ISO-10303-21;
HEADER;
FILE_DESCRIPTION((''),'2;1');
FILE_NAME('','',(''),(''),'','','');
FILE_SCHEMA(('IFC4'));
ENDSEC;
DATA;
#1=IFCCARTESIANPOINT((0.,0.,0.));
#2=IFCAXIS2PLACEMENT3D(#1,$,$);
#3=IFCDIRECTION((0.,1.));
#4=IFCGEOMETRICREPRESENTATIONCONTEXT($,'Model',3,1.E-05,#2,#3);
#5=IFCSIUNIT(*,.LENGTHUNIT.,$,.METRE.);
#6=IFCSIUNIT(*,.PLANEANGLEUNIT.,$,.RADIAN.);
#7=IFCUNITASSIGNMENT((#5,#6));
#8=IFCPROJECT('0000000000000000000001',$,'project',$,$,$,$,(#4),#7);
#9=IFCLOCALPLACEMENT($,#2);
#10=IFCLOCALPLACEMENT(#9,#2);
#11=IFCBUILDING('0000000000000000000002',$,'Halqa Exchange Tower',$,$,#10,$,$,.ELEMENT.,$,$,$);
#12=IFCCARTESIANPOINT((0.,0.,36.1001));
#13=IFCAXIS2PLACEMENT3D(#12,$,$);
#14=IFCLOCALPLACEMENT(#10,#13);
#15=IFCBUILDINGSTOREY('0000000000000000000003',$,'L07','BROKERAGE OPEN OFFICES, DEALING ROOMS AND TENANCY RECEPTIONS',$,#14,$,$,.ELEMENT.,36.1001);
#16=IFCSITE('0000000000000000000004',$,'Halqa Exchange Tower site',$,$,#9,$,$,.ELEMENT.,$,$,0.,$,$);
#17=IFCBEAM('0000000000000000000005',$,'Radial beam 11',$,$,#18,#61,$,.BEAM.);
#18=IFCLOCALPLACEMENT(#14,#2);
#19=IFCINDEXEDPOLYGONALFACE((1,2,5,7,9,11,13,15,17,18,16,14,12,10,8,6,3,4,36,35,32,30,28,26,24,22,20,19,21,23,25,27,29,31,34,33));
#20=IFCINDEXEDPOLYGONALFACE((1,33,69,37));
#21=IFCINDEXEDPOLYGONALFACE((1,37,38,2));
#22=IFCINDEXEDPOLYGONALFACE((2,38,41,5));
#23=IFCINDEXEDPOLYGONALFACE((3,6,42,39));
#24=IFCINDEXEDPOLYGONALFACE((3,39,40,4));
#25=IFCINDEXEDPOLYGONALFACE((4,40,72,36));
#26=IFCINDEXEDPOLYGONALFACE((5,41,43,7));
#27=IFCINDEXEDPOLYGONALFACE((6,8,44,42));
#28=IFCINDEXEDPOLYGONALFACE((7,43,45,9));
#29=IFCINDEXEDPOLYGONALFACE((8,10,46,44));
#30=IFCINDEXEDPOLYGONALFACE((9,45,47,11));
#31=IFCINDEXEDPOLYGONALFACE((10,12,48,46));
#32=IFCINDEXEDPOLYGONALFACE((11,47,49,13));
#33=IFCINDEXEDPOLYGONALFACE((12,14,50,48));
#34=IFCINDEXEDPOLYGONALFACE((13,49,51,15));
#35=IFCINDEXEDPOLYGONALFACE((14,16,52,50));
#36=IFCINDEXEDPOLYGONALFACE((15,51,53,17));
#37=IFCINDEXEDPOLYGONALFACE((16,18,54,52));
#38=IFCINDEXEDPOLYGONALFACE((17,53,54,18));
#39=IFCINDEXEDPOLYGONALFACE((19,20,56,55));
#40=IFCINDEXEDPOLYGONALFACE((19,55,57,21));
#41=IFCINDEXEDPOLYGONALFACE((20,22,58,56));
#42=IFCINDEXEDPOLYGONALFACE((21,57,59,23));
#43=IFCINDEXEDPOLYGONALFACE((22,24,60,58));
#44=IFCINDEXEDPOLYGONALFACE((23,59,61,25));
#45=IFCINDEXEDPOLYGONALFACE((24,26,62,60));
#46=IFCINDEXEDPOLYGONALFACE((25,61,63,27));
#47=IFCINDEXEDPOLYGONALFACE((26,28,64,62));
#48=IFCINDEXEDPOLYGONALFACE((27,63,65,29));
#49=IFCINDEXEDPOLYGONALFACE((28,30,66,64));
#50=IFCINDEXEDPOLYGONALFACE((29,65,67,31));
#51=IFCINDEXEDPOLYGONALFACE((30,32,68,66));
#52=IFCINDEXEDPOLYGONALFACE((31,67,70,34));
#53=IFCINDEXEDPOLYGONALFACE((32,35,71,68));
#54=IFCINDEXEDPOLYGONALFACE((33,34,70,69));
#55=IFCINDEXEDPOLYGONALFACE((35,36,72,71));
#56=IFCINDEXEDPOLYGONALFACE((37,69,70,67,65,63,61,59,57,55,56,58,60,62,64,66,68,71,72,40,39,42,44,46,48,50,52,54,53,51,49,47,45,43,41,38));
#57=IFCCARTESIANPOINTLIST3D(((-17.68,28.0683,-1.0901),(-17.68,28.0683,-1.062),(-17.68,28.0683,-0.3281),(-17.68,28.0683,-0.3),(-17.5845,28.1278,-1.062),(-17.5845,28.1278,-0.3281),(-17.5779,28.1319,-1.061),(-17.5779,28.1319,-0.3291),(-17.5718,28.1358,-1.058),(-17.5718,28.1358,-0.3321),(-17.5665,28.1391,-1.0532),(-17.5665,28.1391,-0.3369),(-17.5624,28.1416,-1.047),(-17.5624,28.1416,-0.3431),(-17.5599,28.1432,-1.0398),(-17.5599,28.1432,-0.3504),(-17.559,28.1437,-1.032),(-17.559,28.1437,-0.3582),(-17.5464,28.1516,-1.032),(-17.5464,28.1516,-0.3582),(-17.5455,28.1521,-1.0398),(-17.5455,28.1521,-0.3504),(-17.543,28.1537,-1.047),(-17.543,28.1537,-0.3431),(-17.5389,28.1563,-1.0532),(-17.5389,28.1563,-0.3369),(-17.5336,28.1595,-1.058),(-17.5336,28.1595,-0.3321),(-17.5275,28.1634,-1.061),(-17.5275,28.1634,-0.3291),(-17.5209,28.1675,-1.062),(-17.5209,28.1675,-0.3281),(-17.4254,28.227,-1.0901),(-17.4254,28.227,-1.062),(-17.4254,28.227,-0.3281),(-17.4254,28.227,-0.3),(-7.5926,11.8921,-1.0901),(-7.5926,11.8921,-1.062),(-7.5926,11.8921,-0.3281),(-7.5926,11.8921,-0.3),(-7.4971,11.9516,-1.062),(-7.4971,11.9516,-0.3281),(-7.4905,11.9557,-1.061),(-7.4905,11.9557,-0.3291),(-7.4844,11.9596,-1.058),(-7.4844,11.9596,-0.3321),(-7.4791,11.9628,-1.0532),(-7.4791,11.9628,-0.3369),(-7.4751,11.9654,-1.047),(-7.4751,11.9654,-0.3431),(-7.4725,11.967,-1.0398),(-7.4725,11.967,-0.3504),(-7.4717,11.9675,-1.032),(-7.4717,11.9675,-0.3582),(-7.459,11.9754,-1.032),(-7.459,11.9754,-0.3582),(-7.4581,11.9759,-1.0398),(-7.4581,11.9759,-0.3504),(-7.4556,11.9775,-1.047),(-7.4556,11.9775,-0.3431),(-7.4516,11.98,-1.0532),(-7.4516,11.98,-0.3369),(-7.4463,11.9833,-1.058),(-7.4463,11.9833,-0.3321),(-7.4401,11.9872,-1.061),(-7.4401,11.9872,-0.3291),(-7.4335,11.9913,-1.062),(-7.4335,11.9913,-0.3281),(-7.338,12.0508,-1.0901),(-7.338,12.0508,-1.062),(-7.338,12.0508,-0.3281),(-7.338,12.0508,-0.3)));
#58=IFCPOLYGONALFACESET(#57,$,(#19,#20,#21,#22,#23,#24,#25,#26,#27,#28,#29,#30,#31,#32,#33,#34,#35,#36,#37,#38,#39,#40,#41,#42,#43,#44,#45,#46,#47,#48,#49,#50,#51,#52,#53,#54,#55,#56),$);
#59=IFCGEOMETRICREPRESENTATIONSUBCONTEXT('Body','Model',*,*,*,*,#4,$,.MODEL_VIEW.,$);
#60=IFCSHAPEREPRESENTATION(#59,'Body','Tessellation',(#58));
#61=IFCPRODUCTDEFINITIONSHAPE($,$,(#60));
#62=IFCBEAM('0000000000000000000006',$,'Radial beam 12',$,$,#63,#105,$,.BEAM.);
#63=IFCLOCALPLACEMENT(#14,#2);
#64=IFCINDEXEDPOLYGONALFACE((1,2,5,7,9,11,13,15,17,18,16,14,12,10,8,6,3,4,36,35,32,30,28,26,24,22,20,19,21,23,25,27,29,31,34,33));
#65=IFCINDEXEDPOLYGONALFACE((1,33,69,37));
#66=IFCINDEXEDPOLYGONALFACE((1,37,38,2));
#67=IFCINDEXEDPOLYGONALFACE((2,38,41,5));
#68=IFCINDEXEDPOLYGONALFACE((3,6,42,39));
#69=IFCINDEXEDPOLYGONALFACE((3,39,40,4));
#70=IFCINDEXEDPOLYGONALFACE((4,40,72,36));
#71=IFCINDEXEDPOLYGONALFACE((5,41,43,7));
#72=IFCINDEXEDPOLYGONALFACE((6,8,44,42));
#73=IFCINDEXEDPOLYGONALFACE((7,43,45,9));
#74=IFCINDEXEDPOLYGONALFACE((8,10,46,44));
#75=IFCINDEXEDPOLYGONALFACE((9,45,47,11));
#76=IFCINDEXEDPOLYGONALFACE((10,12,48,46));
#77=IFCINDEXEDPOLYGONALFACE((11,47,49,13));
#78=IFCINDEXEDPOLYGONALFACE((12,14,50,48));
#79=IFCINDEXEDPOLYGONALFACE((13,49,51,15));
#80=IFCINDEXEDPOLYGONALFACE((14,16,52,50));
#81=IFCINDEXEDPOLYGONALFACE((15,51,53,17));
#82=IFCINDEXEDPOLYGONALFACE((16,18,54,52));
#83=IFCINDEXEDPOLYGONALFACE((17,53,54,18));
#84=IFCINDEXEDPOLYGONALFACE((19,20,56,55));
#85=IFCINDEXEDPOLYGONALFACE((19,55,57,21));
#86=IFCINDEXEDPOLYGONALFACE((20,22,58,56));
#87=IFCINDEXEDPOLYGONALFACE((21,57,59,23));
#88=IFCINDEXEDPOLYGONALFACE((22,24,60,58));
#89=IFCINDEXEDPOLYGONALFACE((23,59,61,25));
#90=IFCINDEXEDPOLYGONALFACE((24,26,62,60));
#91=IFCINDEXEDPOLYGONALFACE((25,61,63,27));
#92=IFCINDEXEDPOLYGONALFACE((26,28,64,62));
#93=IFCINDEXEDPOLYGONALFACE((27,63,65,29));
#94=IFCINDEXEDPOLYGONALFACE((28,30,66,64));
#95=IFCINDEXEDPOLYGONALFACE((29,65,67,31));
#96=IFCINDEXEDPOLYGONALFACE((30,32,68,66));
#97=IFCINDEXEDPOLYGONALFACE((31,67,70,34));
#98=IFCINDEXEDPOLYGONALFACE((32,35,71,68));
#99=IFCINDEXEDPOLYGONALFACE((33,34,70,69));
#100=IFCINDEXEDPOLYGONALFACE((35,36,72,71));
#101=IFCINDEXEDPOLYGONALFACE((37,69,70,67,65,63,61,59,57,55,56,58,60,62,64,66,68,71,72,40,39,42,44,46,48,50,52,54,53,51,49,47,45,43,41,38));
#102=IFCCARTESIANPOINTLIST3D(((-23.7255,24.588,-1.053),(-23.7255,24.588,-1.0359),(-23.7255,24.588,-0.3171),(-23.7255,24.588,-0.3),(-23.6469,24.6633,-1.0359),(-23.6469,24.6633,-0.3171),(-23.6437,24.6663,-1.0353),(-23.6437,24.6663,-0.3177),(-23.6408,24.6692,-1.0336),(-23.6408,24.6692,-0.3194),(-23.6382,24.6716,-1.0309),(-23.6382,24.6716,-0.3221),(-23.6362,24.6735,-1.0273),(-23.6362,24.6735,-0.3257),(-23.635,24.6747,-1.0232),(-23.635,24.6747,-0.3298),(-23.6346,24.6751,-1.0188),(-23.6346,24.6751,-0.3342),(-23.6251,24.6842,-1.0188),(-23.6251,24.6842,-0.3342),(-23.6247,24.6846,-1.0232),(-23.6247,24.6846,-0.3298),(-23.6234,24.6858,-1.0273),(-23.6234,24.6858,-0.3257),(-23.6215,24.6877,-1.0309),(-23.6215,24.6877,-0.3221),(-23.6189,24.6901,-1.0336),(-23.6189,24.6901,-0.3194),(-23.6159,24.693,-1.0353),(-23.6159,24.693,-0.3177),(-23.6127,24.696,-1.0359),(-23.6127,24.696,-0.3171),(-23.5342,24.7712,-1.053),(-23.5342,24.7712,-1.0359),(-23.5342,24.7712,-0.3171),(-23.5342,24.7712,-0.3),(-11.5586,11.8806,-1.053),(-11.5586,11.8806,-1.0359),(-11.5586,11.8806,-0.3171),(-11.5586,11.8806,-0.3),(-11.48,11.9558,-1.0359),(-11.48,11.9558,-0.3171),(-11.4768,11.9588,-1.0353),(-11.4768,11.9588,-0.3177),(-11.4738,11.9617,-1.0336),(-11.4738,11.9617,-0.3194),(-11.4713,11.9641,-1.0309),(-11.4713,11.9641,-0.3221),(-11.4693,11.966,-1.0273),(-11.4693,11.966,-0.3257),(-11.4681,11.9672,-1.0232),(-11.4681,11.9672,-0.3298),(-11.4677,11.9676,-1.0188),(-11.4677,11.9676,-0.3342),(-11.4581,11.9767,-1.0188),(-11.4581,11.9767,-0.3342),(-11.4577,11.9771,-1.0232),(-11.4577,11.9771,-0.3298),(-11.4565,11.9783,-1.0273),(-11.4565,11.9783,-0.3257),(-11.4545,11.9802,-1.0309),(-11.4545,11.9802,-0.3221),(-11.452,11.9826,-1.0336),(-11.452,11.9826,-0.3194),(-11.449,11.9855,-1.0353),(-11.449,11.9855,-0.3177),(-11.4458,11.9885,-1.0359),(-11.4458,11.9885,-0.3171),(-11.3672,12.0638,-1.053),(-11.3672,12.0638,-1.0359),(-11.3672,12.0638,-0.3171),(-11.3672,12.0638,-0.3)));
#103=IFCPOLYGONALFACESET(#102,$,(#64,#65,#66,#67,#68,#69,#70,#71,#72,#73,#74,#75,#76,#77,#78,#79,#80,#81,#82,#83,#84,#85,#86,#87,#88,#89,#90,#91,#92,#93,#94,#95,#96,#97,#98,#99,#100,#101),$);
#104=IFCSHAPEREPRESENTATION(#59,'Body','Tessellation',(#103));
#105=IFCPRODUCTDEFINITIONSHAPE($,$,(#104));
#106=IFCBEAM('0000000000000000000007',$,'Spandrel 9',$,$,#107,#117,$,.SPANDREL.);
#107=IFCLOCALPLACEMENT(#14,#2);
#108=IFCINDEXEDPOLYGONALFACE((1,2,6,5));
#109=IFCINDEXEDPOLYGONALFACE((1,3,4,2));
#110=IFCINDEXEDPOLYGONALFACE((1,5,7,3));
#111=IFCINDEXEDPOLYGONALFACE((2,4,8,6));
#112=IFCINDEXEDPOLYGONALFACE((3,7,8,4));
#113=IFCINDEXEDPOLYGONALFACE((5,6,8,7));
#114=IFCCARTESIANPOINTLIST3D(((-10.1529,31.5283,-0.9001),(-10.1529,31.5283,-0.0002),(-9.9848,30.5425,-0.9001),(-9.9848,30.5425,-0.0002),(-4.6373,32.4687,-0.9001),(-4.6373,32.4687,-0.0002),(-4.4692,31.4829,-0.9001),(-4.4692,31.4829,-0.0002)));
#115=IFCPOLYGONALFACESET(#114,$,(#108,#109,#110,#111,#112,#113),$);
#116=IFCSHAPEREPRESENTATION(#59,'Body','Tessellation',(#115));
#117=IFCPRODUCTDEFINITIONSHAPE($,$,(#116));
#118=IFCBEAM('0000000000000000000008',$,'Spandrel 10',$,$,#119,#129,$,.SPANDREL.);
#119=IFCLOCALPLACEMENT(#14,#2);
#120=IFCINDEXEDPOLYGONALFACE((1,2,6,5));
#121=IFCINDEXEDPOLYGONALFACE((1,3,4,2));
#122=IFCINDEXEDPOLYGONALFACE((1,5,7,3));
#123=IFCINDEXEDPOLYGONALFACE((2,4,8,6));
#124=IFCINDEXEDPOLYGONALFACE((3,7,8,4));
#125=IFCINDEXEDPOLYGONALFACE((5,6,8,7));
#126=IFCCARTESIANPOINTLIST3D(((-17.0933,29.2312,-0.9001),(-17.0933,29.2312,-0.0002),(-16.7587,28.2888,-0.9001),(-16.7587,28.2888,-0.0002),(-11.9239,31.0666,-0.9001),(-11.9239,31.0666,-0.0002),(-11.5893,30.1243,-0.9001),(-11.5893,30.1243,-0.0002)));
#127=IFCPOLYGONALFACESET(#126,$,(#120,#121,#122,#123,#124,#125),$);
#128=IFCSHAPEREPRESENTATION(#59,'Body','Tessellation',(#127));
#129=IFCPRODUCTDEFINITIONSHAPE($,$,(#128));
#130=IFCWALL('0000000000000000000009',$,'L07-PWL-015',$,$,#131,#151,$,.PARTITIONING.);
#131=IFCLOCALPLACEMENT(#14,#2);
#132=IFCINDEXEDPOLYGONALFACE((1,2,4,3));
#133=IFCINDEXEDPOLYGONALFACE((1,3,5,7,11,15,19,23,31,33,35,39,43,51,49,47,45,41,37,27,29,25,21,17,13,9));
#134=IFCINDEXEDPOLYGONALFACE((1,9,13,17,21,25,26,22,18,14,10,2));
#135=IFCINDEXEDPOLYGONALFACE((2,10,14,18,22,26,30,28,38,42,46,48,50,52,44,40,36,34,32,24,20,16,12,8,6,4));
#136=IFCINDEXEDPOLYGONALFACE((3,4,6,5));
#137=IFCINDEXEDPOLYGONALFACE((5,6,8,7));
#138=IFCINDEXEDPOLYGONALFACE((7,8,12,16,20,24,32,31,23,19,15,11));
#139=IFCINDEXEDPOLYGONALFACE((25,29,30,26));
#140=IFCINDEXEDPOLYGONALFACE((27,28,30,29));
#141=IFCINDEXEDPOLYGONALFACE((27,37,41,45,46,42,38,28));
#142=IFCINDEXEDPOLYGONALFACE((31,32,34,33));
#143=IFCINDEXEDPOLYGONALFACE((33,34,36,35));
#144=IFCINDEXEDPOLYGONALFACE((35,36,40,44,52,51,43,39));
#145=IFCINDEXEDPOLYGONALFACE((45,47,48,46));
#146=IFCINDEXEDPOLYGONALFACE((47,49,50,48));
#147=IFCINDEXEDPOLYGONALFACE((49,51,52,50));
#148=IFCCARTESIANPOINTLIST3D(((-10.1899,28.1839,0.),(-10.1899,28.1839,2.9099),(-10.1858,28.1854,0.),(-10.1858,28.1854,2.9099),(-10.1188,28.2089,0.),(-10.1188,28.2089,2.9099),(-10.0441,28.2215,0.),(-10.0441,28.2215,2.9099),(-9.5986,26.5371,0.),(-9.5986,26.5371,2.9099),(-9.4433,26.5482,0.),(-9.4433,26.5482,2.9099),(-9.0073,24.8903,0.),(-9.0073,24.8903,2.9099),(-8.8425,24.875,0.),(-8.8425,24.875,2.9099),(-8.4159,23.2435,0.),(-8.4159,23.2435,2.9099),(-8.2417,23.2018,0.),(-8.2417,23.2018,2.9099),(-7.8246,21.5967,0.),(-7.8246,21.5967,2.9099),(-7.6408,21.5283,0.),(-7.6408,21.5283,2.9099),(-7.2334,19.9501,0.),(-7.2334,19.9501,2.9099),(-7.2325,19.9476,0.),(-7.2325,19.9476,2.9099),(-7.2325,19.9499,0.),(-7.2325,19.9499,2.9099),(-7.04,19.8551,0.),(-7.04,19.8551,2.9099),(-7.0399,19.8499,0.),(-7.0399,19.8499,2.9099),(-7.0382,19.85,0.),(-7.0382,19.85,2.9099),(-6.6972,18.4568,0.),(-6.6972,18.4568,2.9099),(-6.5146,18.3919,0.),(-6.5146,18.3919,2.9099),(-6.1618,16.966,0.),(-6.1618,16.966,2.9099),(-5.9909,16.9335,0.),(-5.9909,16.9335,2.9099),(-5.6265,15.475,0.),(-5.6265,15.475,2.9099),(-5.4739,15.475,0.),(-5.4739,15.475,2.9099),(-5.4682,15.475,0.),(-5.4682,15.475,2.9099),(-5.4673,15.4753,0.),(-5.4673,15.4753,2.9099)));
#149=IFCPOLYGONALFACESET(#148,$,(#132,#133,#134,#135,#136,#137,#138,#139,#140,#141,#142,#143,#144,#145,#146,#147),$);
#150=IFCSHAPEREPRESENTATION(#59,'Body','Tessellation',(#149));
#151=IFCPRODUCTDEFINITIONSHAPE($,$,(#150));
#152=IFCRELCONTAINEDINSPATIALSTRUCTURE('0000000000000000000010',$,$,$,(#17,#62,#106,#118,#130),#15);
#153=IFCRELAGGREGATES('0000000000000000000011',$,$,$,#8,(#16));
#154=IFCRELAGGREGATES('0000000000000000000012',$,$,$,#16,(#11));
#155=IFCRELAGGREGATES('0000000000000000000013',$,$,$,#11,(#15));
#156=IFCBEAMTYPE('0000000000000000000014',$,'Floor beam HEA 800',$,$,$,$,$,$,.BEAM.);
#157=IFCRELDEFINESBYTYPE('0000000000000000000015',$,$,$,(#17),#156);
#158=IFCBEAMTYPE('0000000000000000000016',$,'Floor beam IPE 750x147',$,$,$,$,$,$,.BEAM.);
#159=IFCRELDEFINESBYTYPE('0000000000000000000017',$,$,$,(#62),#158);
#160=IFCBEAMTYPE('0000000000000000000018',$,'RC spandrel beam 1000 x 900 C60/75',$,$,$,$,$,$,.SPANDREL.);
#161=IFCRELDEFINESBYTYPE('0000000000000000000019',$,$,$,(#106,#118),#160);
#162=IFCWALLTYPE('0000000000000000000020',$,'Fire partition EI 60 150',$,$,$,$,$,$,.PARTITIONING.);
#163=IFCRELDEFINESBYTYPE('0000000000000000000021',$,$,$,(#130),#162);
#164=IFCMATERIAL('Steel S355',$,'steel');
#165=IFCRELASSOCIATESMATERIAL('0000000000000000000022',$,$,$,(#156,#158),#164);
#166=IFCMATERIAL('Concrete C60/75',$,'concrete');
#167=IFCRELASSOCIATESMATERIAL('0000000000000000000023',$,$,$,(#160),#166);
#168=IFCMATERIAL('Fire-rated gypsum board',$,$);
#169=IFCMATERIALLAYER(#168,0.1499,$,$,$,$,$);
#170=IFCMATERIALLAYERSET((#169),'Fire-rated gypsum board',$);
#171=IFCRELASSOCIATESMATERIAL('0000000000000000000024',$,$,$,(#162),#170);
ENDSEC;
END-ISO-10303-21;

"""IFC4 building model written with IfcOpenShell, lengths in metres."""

from ifc_helpers import new_model, si_unit, direction, frame, origin, origin_2d, place, context, subcontext, project, spatial, polyline, rectangle, i_section, outline, extrude, material, layer, layer_set, material_profile, profile_set, type_object, element, save


model = new_model("IFC4")

# Units and contexts
model_context = context("Model", 3, precision=1e-05, world=origin(), true_north=direction((0.0, 1.0)))
body_context = subcontext(model_context, "Body", "Model", "MODEL_VIEW")
ifc_project = project(units=[si_unit("LENGTHUNIT", "METRE"), si_unit("PLANEANGLEUNIT", "RADIAN")], contexts=[model_context])

# Site, building, storey
site_placement = place(None, origin())
site = spatial("IfcSite", under=ifc_project, at=site_placement, Name="Halqa Exchange Tower site", CompositionType="ELEMENT", RefElevation=0.0)
building_placement = place(site_placement, origin())
building = spatial("IfcBuilding", under=site, at=building_placement, Name="Halqa Exchange Tower", CompositionType="ELEMENT")
storey_placement = place(building_placement, frame((0.0, 0.0, 36.1001)))
storey = spatial("IfcBuildingStorey", under=building, at=storey_placement, Name="L07", Description="BROKERAGE OPEN OFFICES, DEALING ROOMS AND TENANCY RECEPTIONS", CompositionType="ELEMENT", Elevation=36.1001)

# Beams
ifc_material_1 = material(Name="Steel S355", Category="steel")
ifc_material_profile_1 = material_profile(ifc_material_1, i_section(OverallWidth=0.3, OverallDepth=0.79, WebThickness=0.0149, FlangeThickness=0.0281, FilletRadius=0.03, at=origin_2d()), Name="HEA 800")
ifc_profile_set_1 = profile_set([ifc_material_profile_1], Name="Steel S355")
beam_type_1 = type_object("IfcBeamType", Name="Floor beam HEA 800", PredefinedType="BEAM", material=ifc_profile_set_1)
beam_1_placement = place(storey_placement, frame((-7.4653, 11.9714, -0.6951), z_axis=(-0.52914, 0.848535, 0.0), x_axis=(-0.848535, -0.52914, 0.0)))
element("IfcBeam", 1, at=beam_1_placement, inside=storey, type_object=beam_type_1, Name="Radial beam 11", PredefinedType="BEAM", context=body_context, shape_type="SweptSolid", body=[
    extrude(i_section(OverallWidth=0.3, OverallDepth=0.79, WebThickness=0.0149, FlangeThickness=0.0281, FilletRadius=0.03, at=origin_2d()), origin(), (0.0, 0.0, 1.0), 19.0637),
])
ifc_material_profile_2 = material_profile(ifc_material_1, i_section(OverallWidth=0.2649, OverallDepth=0.7529, WebThickness=0.0132, FlangeThickness=0.0171, FilletRadius=0.0171, at=origin_2d()), Name="IPE 750x147")
ifc_profile_set_2 = profile_set([ifc_material_profile_2], Name="Steel S355")
beam_type_2 = type_object("IfcBeamType", Name="Floor beam IPE 750x147", PredefinedType="BEAM", material=ifc_profile_set_2)
beam_2_placement = place(storey_placement, frame((-11.4629, 11.9722, -0.6765), z_axis=(-0.691578, 0.722302, 0.0), x_axis=(-0.722302, -0.691578, 0.0)))
element("IfcBeam", 2, at=beam_2_placement, inside=storey, type_object=beam_type_2, Name="Radial beam 12", PredefinedType="BEAM", context=body_context, shape_type="SweptSolid", body=[
    extrude(i_section(OverallWidth=0.2649, OverallDepth=0.7529, WebThickness=0.0132, FlangeThickness=0.0171, FilletRadius=0.0171, at=origin_2d()), origin(), (0.0, 0.0, 1.0), 17.593),
])
ifc_material_2 = material(Name="Concrete C60/75", Category="concrete")
ifc_material_profile_3 = material_profile(ifc_material_2, rectangle(XDim=1.0, YDim=0.8999, at=origin_2d()), Name="1000 x 900")
ifc_profile_set_3 = profile_set([ifc_material_profile_3], Name="Concrete C60/75")
beam_type_3 = type_object("IfcBeamType", Name="RC spandrel beam 1000 x 900 C60/75", PredefinedType="SPANDREL", material=ifc_profile_set_3)
beam_3_placement = place(storey_placement, frame((-4.5532, 31.9758, -0.4502), z_axis=(-0.985774, -0.168077, 0.0), x_axis=(0.168077, -0.985774, 0.0)))
element("IfcBeam", 3, at=beam_3_placement, inside=storey, type_object=beam_type_3, Name="Spandrel 9", PredefinedType="SPANDREL", context=body_context, shape_type="SweptSolid", body=[
    extrude(rectangle(XDim=1.0, YDim=0.8999, at=origin_2d()), origin(), (0.0, 0.0, 1.0), 5.5952),
])
beam_4_placement = place(storey_placement, frame((-11.7566, 30.5955, -0.4502), z_axis=(-0.942363, -0.334593, 0.0), x_axis=(0.334593, -0.942363, 0.0)))
element("IfcBeam", 4, at=beam_4_placement, inside=storey, type_object=beam_type_3, Name="Spandrel 10", PredefinedType="SPANDREL", context=body_context, shape_type="SweptSolid", body=[
    extrude(rectangle(XDim=1.0, YDim=0.8999, at=origin_2d()), origin(), (0.0, 0.0, 1.0), 5.4856),
])

# Wall
ifc_material_3 = material(Name="Fire-rated gypsum board")
ifc_layer_1 = layer(ifc_material_3, 0.1499)
ifc_layer_set_1 = layer_set([ifc_layer_1], Name="Fire-rated gypsum board")
wall_type_1 = type_object("IfcWallType", Name="Fire partition EI 60 150", PredefinedType="PARTITIONING", material=ifc_layer_set_1)
wall_1_placement = place(storey_placement, frame((-10.1194, 28.2092, 0.0), z_axis=(0.0, 0.0, 1.0), x_axis=(0.337949, -0.941164, 0.0)))
element("IfcWall", 5, at=wall_1_placement, inside=storey, type_object=wall_type_1, Name="L07-PWL-015", PredefinedType="PARTITIONING", context=body_context, shape_type="SweptSolid", body=[
    extrude(outline(polyline([(0.0, -0.075), (1.7498, -0.075), (3.4995, -0.075), (5.2493, -0.075), (6.999, -0.075), (8.7485, -0.075), (8.749, -0.0742), (8.7512, -0.075), (10.3352, -0.075), (11.9192, -0.075), (13.5034, -0.075), (13.5549, 0.0686), (13.5549, 0.0686), (13.5569, 0.074), (13.5569, 0.075), (12.0076, 0.075), (10.458, 0.075), (8.9087, 0.075), (8.9082, 0.0732), (8.9033, 0.075), (7.1255, 0.075), (5.3474, 0.075), (3.5696, 0.075), (1.7917, 0.075), (0.0139, 0.075), (0.0005, 0.0005), (0.0, -0.0706), (0.0, -0.075)])), origin(), (0.0, 0.0, 1.0), 2.9099),
])

save(model, "model.ifc")
